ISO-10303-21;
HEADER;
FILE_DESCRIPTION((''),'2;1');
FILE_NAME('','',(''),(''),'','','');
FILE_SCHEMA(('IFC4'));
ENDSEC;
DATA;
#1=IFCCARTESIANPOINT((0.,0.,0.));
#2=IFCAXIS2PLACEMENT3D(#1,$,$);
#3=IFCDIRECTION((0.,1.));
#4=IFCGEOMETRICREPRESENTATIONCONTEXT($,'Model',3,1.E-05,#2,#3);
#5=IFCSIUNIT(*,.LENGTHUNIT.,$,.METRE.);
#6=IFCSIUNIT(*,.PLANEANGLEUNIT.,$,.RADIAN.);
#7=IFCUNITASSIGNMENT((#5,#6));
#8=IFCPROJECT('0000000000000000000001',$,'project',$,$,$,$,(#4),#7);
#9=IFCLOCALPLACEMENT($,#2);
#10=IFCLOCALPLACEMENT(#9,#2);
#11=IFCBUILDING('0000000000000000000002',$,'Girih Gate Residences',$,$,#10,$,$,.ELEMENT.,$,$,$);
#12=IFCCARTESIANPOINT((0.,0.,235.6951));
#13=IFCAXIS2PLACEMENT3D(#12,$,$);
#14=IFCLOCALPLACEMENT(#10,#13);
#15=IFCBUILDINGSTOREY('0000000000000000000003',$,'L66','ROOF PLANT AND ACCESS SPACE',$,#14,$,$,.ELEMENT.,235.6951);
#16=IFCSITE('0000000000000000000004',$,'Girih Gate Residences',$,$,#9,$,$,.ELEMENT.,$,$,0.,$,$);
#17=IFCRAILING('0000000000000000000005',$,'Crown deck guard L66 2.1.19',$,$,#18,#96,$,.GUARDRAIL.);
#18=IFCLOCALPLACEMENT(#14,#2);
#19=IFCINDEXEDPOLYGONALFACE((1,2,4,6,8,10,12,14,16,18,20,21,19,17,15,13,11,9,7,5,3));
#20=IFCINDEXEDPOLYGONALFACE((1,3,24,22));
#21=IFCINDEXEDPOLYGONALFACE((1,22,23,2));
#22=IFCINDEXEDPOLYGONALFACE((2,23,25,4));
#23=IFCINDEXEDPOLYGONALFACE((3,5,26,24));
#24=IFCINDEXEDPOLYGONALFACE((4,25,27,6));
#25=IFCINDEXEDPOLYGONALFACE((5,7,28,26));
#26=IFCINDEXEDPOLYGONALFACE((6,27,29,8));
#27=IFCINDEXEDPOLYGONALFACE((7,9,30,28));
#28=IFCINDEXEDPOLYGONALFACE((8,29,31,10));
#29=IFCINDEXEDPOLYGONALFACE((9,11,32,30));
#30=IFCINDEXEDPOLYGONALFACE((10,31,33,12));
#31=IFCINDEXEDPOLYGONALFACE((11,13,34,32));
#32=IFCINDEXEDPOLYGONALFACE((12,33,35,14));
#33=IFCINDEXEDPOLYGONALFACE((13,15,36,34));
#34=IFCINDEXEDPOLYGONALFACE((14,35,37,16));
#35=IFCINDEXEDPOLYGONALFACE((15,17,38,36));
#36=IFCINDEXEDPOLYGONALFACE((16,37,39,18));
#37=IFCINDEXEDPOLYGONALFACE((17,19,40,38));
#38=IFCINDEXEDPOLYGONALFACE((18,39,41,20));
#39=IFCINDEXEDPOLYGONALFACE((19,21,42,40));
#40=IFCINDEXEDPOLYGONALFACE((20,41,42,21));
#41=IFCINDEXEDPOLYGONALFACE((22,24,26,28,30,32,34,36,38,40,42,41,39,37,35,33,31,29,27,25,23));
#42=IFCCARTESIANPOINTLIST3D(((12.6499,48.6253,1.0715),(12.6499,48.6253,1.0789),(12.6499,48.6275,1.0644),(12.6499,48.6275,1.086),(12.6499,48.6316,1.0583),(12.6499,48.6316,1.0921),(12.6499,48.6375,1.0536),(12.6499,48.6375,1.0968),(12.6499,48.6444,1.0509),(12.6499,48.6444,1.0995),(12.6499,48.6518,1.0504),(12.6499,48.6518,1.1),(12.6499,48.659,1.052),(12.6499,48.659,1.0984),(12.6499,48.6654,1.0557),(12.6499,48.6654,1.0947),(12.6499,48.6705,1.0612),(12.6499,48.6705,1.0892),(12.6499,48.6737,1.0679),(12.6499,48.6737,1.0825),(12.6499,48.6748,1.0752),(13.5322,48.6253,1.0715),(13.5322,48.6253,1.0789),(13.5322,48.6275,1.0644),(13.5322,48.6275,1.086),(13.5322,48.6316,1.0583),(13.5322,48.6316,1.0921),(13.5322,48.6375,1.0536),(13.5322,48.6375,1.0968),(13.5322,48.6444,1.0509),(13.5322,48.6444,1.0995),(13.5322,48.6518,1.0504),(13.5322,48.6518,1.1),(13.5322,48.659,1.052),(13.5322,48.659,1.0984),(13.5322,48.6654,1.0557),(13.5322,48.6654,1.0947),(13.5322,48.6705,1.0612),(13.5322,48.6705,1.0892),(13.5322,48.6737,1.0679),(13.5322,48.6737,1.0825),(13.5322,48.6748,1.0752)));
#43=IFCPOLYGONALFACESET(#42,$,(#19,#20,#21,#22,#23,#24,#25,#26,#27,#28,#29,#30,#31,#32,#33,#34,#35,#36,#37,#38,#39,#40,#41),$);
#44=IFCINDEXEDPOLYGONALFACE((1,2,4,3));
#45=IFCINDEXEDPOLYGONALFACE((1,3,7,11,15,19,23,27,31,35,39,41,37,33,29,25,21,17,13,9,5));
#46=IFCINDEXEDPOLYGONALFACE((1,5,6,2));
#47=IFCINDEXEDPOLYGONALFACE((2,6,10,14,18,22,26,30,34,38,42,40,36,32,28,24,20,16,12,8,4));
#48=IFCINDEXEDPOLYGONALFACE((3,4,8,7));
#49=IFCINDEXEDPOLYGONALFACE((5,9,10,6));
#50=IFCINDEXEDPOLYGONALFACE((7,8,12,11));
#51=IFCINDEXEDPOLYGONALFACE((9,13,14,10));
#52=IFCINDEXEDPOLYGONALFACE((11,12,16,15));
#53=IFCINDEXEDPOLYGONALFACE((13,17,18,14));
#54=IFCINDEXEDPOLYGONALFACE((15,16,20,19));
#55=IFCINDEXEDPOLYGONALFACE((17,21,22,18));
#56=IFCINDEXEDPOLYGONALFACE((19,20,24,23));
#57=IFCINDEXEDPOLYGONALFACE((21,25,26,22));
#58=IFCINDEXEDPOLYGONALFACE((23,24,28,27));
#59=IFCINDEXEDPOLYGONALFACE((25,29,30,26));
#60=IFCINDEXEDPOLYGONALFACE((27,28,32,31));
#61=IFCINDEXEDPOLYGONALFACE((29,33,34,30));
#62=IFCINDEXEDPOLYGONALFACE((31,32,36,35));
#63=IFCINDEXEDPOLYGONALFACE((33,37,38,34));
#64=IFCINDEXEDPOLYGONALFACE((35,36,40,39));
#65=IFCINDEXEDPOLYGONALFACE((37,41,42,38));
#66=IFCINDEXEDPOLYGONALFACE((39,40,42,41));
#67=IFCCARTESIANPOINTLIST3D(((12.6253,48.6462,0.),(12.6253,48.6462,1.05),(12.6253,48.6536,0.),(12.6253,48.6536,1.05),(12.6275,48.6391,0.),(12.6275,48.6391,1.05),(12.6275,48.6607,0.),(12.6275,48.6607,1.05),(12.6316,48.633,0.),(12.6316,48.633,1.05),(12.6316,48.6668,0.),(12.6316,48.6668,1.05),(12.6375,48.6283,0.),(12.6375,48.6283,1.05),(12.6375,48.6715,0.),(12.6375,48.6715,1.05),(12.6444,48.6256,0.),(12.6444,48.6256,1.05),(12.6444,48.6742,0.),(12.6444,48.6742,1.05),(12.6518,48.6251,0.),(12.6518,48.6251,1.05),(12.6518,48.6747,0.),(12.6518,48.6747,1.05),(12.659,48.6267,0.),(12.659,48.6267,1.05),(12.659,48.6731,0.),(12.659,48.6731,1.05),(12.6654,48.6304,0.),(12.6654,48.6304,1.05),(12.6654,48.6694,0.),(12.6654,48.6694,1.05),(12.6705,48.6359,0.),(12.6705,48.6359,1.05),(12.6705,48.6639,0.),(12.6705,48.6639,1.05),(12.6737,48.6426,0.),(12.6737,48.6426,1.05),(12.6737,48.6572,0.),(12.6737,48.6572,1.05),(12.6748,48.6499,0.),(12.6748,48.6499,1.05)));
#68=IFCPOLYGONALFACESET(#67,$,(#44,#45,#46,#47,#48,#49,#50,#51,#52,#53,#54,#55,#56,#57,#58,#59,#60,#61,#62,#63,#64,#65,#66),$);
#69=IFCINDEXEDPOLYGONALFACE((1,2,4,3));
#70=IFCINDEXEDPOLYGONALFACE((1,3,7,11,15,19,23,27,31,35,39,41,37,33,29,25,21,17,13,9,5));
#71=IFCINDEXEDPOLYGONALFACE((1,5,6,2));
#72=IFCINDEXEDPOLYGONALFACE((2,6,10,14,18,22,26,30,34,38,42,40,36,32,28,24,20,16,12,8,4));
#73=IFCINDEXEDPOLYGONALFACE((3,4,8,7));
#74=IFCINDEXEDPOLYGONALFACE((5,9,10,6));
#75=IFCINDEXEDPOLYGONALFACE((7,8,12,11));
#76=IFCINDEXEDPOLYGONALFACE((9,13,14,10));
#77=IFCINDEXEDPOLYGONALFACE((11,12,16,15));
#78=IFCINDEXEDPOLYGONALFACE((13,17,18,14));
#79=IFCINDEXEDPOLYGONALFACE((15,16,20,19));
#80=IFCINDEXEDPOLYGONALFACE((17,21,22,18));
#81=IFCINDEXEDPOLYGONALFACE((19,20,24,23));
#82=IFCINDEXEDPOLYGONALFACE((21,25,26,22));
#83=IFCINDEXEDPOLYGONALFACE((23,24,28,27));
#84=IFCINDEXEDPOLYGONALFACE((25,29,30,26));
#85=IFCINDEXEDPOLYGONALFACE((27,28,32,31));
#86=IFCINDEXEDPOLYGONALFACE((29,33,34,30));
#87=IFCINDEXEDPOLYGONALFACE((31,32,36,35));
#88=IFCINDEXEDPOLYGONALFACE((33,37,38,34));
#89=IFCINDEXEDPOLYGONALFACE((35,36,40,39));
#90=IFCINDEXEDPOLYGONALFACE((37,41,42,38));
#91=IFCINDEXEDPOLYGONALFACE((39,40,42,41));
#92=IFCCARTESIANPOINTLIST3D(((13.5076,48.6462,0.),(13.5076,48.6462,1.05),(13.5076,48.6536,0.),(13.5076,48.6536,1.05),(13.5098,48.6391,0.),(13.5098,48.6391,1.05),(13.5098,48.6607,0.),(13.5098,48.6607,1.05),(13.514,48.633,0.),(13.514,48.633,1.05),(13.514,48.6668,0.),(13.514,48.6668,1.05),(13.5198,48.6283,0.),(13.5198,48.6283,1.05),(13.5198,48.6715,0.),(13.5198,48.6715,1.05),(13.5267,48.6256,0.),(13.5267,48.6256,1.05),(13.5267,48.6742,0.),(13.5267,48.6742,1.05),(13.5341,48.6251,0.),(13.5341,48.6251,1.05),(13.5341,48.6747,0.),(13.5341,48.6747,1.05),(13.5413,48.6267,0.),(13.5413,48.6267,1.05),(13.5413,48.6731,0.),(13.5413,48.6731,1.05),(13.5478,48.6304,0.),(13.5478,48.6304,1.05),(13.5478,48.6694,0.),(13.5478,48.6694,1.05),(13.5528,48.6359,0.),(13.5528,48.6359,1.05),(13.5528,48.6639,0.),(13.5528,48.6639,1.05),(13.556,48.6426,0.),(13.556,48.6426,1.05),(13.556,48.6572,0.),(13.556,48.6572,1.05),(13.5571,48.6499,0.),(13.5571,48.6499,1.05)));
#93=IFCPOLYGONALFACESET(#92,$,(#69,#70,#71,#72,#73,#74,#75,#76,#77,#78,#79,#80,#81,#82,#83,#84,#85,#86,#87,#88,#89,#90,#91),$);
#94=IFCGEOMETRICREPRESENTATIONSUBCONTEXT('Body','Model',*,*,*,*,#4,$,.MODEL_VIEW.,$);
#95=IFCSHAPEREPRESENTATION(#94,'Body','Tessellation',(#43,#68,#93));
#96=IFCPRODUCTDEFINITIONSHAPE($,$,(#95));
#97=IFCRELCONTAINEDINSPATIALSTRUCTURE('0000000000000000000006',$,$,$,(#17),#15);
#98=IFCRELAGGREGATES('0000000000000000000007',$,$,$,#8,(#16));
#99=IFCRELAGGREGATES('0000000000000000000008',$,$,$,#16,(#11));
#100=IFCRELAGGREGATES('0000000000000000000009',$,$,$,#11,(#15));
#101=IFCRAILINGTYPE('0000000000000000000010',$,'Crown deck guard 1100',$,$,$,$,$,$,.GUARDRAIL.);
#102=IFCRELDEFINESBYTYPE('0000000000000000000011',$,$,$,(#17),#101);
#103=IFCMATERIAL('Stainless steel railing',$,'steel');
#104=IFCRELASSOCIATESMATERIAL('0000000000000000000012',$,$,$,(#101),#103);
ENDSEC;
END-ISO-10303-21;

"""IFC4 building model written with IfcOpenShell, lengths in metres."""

from ifc_helpers import new_model, si_unit, direction, frame, origin, origin_2d, place, context, subcontext, project, spatial, circle, extrude, material, type_object, element, save


model = new_model("IFC4")

# Units and contexts
model_context = context("Model", 3, precision=1e-05, world=origin(), true_north=direction((0.0, 1.0)))
body_context = subcontext(model_context, "Body", "Model", "MODEL_VIEW")
ifc_project = project(units=[si_unit("LENGTHUNIT", "METRE"), si_unit("PLANEANGLEUNIT", "RADIAN")], contexts=[model_context])

# Site, building, storey
site_placement = place(None, origin())
site = spatial("IfcSite", under=ifc_project, at=site_placement, Name="Girih Gate Residences", CompositionType="ELEMENT", RefElevation=0.0)
building_placement = place(site_placement, origin())
building = spatial("IfcBuilding", under=site, at=building_placement, Name="Girih Gate Residences", CompositionType="ELEMENT")
storey_placement = place(building_placement, frame((0.0, 0.0, 235.6951)))
storey = spatial("IfcBuildingStorey", under=building, at=storey_placement, Name="L66", Description="ROOF PLANT AND ACCESS SPACE", CompositionType="ELEMENT", Elevation=235.6951)

# Railing
ifc_material_1 = material(Name="Stainless steel railing", Category="steel")
railing_type = type_object("IfcRailingType", Name="Crown deck guard 1100", PredefinedType="GUARDRAIL", material=ifc_material_1)
railing_1_placement = place(storey_placement, frame((12.6499, 48.6499, 0.0)))
element("IfcRailing", 1, at=railing_1_placement, inside=storey, type_object=railing_type, Name="Crown deck guard L66 2.1.19", PredefinedType="GUARDRAIL", context=body_context, shape_type="SweptSolid", body=[
    extrude(circle(Radius=0.0249, at=origin_2d()), frame((0.0, 0.0, 1.0752), z_axis=(1.0, 0.0, 0.0), x_axis=(0.0, 1.0, 0.0)), (0.0, 0.0, 1.0), 0.8823),
    extrude(circle(Radius=0.0249, at=origin_2d()), origin(), (0.0, 0.0, 1.0), 1.05),
    extrude(circle(Radius=0.0249, at=origin_2d()), frame((0.8823, 0.0, 0.0)), (0.0, 0.0, 1.0), 1.05),
])

save(model, "model.ifc")
